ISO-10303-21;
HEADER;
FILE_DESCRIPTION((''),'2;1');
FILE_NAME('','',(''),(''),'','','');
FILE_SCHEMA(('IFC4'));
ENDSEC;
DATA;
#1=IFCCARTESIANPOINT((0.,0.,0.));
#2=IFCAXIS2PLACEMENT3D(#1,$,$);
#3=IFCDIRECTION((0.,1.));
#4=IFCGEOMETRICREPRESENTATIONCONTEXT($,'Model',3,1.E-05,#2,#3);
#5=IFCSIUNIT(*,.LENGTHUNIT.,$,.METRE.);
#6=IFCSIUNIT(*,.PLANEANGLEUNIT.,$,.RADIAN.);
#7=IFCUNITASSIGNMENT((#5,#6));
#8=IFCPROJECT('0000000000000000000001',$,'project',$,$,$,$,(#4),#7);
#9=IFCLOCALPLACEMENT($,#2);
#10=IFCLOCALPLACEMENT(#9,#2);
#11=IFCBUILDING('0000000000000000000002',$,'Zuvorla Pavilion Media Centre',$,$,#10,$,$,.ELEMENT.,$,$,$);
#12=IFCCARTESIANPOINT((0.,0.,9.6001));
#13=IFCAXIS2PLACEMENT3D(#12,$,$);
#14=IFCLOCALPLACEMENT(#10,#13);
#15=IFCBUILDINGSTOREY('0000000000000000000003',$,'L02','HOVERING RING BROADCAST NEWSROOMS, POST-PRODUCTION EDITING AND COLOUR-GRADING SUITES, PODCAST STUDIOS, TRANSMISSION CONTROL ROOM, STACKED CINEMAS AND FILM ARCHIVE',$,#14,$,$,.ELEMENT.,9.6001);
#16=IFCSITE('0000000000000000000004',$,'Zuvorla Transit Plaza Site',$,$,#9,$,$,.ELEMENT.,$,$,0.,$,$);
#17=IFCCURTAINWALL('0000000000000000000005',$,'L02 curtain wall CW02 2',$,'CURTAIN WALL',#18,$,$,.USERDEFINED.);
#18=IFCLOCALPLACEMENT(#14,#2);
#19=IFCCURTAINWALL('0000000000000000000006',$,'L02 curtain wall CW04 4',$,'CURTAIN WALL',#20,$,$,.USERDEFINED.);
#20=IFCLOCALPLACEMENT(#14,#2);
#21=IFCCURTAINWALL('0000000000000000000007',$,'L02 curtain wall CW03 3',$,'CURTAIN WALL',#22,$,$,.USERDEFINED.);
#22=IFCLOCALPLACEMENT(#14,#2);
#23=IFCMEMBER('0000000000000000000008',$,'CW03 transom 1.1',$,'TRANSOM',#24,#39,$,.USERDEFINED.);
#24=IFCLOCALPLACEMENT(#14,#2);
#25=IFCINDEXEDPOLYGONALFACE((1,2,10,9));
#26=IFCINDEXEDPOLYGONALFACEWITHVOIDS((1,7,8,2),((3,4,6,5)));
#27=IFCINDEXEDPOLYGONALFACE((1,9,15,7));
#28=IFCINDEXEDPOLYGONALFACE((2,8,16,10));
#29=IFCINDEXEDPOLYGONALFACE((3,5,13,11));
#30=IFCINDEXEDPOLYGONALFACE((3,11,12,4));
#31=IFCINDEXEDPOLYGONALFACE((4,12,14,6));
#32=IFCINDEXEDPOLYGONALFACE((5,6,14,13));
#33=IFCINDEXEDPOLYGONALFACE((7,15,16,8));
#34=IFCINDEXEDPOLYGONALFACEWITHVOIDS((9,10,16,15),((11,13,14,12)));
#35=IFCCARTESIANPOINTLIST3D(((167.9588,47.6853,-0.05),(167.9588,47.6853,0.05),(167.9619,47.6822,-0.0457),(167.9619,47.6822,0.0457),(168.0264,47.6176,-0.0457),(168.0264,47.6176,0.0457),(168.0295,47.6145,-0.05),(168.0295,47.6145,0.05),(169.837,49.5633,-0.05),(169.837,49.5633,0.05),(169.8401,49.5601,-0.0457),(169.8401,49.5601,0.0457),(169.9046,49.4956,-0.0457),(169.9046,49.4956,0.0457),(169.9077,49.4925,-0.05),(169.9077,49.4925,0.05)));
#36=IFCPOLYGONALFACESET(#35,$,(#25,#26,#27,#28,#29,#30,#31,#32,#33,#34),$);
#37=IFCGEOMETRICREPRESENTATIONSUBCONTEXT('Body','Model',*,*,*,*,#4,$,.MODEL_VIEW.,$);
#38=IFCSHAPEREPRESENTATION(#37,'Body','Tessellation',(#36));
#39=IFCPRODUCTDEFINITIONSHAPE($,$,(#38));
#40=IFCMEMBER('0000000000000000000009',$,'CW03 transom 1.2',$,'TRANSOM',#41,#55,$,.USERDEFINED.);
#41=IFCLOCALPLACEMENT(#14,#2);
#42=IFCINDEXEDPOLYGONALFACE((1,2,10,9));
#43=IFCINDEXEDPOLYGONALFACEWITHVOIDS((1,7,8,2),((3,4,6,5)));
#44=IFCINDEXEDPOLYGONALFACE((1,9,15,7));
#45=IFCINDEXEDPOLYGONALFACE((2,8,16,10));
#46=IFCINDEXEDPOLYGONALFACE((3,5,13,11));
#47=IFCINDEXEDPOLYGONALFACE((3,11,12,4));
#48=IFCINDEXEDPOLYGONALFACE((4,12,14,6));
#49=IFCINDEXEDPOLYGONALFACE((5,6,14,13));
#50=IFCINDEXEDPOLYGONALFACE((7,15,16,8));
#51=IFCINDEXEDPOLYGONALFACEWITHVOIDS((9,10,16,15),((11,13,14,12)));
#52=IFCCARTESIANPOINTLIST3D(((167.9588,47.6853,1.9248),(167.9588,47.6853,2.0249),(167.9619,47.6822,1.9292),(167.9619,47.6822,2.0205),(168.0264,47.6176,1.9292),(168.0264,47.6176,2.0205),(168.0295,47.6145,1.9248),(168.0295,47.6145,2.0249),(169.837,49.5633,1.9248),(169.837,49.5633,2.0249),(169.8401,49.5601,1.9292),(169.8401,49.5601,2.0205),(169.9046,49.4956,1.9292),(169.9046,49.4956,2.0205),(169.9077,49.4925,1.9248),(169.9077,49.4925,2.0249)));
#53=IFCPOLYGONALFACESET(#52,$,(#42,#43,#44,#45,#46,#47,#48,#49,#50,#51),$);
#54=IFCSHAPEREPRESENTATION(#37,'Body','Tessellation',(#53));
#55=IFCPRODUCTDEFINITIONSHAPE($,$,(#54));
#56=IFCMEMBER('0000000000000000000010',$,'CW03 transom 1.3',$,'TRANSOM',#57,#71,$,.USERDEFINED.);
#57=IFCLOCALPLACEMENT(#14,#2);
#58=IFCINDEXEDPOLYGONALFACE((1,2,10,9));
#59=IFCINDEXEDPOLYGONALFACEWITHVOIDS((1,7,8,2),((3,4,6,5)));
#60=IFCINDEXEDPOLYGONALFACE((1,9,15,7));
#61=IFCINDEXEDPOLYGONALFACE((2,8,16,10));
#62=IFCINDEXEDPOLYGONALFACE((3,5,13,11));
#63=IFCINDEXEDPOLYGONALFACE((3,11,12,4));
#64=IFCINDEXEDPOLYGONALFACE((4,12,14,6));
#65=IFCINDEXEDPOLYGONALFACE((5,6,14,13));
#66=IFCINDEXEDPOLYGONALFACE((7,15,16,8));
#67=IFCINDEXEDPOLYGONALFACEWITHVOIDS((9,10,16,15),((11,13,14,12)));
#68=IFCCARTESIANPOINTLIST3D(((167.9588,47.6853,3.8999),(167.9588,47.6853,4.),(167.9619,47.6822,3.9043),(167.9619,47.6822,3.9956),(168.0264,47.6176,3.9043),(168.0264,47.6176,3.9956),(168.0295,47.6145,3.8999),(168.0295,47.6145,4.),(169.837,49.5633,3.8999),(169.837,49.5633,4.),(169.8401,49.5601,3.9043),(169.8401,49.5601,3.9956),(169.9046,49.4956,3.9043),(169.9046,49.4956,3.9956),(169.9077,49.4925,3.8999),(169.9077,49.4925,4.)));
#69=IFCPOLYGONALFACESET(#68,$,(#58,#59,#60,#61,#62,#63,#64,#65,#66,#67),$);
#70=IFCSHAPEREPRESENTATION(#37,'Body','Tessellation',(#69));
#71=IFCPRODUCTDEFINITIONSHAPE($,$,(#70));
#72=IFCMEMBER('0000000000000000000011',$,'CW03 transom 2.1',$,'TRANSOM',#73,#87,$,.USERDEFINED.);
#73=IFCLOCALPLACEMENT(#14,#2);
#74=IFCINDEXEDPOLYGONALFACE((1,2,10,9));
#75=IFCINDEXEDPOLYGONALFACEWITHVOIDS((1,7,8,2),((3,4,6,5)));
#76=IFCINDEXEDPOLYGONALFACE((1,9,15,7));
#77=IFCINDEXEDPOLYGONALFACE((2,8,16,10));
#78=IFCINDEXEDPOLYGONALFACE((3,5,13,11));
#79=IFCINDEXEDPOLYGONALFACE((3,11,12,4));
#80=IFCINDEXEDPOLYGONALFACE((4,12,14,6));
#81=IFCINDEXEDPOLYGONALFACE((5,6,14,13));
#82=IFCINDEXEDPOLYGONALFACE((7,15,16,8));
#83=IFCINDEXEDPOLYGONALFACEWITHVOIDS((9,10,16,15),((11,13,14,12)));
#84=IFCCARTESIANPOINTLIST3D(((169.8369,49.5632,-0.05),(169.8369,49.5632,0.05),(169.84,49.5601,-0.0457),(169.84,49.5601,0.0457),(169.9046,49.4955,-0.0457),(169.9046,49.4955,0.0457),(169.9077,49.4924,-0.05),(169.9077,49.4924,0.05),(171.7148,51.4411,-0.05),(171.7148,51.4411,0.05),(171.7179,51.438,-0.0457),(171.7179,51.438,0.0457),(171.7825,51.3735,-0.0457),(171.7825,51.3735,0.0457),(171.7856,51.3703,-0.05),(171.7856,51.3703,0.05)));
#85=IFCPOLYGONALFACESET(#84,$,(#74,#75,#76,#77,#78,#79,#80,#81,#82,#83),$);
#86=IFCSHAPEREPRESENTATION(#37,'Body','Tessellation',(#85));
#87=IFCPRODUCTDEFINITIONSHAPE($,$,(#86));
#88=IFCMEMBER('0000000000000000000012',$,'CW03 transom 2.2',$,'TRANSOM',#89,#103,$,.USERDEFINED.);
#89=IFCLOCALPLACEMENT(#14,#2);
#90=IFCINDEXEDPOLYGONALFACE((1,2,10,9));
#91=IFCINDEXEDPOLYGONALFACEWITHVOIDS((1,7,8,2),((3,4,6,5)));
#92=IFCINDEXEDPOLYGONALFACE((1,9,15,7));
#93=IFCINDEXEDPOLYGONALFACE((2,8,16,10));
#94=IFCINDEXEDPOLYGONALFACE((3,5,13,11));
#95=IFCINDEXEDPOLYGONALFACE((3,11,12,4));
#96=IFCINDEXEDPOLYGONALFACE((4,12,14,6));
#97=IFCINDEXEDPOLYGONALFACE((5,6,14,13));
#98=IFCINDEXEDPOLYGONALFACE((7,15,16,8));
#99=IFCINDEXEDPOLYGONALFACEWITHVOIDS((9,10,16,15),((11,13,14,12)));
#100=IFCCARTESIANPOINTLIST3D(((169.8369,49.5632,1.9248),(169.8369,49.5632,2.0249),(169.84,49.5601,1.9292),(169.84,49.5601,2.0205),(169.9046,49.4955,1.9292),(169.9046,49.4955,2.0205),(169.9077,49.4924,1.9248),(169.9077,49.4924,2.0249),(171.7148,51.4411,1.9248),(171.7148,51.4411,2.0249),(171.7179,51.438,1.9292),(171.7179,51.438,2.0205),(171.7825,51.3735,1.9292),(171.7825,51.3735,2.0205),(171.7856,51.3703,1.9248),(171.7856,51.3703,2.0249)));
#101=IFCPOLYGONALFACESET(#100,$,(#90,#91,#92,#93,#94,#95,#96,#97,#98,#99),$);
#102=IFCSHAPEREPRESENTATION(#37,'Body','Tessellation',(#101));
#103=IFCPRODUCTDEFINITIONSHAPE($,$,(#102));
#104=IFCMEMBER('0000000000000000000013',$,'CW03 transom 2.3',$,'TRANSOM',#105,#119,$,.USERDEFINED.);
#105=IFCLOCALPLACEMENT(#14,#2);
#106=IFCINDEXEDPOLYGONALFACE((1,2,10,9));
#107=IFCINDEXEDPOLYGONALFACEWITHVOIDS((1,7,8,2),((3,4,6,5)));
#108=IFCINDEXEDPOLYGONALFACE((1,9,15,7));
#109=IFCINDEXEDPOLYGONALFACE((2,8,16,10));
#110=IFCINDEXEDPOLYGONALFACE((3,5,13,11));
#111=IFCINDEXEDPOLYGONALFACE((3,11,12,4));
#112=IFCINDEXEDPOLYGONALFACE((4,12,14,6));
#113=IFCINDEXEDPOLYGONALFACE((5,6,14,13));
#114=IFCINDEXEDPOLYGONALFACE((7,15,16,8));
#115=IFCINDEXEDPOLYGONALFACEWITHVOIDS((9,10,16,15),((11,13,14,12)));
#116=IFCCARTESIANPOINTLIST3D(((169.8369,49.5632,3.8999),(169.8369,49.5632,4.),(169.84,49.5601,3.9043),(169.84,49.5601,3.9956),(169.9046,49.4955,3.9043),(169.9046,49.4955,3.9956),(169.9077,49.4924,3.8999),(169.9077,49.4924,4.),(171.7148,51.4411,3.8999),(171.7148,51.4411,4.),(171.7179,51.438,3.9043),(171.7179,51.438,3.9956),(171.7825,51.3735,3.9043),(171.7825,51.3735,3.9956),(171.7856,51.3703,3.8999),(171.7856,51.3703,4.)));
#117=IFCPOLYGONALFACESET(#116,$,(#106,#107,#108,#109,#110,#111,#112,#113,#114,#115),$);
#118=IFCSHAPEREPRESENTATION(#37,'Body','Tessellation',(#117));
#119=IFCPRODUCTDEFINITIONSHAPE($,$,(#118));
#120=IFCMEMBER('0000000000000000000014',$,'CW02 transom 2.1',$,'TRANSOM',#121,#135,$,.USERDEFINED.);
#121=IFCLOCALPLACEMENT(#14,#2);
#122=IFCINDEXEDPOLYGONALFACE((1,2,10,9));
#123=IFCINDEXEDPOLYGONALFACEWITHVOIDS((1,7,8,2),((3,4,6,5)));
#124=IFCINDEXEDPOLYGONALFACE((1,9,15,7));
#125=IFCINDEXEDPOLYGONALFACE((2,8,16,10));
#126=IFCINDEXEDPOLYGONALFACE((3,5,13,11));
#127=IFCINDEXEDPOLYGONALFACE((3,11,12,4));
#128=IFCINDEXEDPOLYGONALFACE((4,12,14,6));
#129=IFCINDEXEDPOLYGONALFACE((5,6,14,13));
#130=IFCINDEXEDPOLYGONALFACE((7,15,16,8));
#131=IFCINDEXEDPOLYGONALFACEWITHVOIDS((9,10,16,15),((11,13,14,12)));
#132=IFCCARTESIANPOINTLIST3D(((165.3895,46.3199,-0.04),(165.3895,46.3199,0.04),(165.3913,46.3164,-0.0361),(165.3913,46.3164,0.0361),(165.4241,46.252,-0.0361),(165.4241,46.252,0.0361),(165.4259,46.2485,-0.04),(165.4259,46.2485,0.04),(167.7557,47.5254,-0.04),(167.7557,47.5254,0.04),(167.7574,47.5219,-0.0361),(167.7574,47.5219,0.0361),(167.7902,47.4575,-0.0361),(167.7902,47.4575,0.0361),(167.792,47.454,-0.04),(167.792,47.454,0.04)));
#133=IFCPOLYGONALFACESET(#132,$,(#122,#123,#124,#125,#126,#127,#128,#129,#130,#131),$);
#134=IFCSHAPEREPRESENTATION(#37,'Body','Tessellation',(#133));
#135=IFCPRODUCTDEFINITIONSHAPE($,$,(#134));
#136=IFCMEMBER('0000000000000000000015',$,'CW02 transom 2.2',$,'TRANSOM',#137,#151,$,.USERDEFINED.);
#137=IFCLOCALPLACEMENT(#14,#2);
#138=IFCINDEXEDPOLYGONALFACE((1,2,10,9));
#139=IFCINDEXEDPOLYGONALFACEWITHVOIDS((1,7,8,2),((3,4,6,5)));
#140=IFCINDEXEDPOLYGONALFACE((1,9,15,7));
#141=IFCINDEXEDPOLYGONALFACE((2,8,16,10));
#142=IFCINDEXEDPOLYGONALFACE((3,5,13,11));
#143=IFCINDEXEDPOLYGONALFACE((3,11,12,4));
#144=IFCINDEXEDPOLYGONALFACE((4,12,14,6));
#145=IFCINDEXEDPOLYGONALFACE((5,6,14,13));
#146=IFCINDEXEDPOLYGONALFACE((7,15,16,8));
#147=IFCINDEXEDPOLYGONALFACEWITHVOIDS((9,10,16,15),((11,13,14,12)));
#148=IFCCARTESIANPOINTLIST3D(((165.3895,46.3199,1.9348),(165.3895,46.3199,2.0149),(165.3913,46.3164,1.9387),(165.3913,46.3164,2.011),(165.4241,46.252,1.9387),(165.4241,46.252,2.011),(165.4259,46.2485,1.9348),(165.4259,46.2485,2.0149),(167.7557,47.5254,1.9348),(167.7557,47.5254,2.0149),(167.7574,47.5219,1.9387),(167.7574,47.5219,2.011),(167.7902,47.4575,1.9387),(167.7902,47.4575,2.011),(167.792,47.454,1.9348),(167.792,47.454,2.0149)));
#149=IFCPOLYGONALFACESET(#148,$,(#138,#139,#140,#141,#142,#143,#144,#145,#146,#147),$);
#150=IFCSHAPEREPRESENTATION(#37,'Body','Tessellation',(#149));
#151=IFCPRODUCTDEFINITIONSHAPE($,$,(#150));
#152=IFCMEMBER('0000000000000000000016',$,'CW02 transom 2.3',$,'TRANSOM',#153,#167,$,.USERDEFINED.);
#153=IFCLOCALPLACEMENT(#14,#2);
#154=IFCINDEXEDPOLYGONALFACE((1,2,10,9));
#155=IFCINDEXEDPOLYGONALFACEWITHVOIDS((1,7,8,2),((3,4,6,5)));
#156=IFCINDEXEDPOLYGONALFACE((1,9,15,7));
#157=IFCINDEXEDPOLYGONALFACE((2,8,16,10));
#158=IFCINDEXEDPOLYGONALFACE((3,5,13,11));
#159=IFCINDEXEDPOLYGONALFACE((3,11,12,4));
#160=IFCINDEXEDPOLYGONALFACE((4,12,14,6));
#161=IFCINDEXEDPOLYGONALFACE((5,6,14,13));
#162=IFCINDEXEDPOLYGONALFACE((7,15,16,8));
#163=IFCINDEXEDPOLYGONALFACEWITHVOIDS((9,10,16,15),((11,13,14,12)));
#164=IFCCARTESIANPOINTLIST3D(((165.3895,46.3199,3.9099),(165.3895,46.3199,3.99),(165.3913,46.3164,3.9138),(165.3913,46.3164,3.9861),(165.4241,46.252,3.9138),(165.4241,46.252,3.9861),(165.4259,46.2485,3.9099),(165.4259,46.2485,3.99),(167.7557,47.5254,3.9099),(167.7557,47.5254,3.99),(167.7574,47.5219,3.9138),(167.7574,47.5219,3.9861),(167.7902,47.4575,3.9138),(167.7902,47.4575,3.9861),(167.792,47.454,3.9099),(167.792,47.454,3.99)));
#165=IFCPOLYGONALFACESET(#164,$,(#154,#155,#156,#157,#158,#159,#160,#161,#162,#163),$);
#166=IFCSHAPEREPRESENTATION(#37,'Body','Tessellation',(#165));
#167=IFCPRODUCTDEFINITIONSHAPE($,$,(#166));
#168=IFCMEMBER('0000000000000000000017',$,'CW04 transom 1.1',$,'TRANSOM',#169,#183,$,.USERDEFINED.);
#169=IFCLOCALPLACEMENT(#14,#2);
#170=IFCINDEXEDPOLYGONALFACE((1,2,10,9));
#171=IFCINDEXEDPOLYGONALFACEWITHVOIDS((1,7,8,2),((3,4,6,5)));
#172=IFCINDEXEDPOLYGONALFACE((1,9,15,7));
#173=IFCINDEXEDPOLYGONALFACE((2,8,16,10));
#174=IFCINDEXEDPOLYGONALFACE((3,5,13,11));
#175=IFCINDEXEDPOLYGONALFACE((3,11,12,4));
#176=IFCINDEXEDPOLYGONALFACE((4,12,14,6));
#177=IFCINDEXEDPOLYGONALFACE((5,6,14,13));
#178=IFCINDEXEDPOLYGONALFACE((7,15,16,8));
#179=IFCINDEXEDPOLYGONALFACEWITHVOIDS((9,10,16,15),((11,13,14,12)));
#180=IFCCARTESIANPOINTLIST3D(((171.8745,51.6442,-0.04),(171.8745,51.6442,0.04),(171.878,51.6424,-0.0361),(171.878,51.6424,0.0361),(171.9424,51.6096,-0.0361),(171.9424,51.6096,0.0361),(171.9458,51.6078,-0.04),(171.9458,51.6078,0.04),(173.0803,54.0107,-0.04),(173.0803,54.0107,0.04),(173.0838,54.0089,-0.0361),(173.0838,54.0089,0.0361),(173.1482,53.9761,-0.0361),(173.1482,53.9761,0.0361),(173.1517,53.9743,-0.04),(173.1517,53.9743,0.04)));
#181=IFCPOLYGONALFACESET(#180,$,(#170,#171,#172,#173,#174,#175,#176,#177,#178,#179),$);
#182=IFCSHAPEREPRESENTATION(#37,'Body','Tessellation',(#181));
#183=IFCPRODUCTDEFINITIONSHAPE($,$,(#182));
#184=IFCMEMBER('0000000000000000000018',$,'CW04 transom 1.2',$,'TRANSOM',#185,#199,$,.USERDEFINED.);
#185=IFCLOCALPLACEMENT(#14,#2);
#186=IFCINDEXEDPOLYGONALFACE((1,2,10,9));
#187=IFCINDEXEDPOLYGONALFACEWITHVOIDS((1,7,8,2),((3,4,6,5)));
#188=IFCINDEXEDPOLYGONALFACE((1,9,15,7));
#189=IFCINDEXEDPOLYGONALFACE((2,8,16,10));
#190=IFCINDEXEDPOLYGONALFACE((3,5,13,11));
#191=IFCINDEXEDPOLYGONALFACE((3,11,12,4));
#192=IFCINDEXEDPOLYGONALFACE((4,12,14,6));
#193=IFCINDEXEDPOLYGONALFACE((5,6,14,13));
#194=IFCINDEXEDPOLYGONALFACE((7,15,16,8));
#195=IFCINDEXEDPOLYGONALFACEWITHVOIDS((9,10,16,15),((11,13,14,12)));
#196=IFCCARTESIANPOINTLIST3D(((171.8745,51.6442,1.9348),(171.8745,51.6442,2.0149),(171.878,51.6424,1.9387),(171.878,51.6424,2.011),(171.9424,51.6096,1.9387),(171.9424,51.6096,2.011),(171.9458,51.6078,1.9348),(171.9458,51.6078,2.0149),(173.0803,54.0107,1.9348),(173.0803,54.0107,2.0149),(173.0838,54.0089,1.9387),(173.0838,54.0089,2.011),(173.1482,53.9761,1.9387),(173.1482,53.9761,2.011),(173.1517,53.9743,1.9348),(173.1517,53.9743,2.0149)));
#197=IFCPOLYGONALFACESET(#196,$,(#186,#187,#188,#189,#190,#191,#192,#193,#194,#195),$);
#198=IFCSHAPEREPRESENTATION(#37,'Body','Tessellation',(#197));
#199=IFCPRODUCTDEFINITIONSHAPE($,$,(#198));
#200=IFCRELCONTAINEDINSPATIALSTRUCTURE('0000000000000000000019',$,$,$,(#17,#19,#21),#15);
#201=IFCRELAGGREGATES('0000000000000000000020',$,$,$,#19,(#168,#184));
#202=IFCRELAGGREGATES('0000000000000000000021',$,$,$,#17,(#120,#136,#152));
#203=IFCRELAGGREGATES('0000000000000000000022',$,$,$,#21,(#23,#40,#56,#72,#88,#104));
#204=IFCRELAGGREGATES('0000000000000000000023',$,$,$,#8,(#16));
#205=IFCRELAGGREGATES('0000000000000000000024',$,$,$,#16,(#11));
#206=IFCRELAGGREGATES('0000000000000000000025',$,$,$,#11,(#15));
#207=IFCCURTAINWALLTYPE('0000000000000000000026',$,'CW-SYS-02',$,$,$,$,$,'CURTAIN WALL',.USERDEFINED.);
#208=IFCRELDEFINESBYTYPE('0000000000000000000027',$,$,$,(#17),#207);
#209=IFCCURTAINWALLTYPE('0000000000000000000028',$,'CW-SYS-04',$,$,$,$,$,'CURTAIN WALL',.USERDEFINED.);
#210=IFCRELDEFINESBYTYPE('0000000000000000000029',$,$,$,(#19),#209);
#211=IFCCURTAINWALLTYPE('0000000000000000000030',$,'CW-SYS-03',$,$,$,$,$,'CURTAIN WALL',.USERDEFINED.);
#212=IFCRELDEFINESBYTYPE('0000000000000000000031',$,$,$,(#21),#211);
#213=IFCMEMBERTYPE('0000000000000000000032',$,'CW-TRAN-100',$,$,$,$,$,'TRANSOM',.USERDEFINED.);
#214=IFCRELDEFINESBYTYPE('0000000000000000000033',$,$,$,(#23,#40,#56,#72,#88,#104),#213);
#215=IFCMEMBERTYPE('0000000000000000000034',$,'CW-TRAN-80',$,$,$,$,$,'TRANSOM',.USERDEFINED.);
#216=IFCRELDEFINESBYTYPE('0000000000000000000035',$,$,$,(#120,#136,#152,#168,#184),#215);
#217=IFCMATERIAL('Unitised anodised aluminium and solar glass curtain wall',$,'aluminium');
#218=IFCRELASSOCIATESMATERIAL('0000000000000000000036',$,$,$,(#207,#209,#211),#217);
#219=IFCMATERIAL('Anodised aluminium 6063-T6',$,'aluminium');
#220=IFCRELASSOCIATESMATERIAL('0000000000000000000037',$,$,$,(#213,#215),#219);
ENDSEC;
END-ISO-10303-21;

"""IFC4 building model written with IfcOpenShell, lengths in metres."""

from ifc_helpers import new_model, si_unit, direction, frame, origin, origin_2d, place, context, subcontext, project, spatial, hollow_rectangle, extrude, material, material_profile, profile_set, type_object, element, aggregate, save


model = new_model("IFC4")

# Units and contexts
model_context = context("Model", 3, precision=1e-05, world=origin(), true_north=direction((0.0, 1.0)))
body_context = subcontext(model_context, "Body", "Model", "MODEL_VIEW")
ifc_project = project(units=[si_unit("LENGTHUNIT", "METRE"), si_unit("PLANEANGLEUNIT", "RADIAN")], contexts=[model_context])

# Site, building, storey
site_placement = place(None, origin())
site = spatial("IfcSite", under=ifc_project, at=site_placement, Name="Zuvorla Transit Plaza Site", CompositionType="ELEMENT", RefElevation=0.0)
building_placement = place(site_placement, origin())
building = spatial("IfcBuilding", under=site, at=building_placement, Name="Zuvorla Pavilion Media Centre", CompositionType="ELEMENT")
storey_placement = place(building_placement, frame((0.0, 0.0, 9.6001)))
storey = spatial("IfcBuildingStorey", under=building, at=storey_placement, Name="L02", Description="HOVERING RING BROADCAST NEWSROOMS, POST-PRODUCTION EDITING AND COLOUR-GRADING SUITES, PODCAST STUDIOS, TRANSMISSION CONTROL ROOM, STACKED CINEMAS AND FILM ARCHIVE", CompositionType="ELEMENT", Elevation=9.6001)

# Curtain walls
ifc_material_1 = material(Name="Unitised anodised aluminium and solar glass curtain wall", Category="aluminium")
curtain_wall_type_1 = type_object("IfcCurtainWallType", Name="CW-SYS-02", ElementType="CURTAIN WALL", PredefinedType="USERDEFINED", material=ifc_material_1)
curtain_wall_1_placement = place(storey_placement, origin())
curtain_wall_1 = element("IfcCurtainWall", 1, at=curtain_wall_1_placement, inside=storey, type_object=curtain_wall_type_1, Name="L02 curtain wall CW02 2", ObjectType="CURTAIN WALL", PredefinedType="USERDEFINED")
ifc_material_2 = material(Name="Anodised aluminium 6063-T6", Category="aluminium")
curtain_wall_type_2 = type_object("IfcCurtainWallType", Name="CW-SYS-04", ElementType="CURTAIN WALL", PredefinedType="USERDEFINED", material=ifc_material_1)
curtain_wall_2_placement = place(storey_placement, origin())
curtain_wall_2 = element("IfcCurtainWall", 2, at=curtain_wall_2_placement, inside=storey, type_object=curtain_wall_type_2, Name="L02 curtain wall CW04 4", ObjectType="CURTAIN WALL", PredefinedType="USERDEFINED")

# Curtain wall, members
curtain_wall_type_3 = type_object("IfcCurtainWallType", Name="CW-SYS-03", ElementType="CURTAIN WALL", PredefinedType="USERDEFINED", material=ifc_material_1)
curtain_wall_3_placement = place(storey_placement, origin())
curtain_wall_3 = element("IfcCurtainWall", 3, at=curtain_wall_3_placement, inside=storey, type_object=curtain_wall_type_3, Name="L02 curtain wall CW03 3", ObjectType="CURTAIN WALL", PredefinedType="USERDEFINED")
ifc_material_profile_1 = material_profile(ifc_material_2, hollow_rectangle(XDim=0.1001, YDim=0.1001, WallThickness=0.0044, at=origin_2d()), Name="ALU TRAN 100x100")
ifc_profile_set_1 = profile_set([ifc_material_profile_1], Name="Anodised aluminium 6063-T6")
member_type_1 = type_object("IfcMemberType", Name="CW-TRAN-100", ElementType="TRANSOM", PredefinedType="USERDEFINED", material=ifc_profile_set_1)
member_1_placement = place(storey_placement, frame((167.9941, 47.6499, 0.0), z_axis=(0.707153, 0.707061, 0.0), x_axis=(-0.707061, 0.707153, 0.0)))
member_1 = element("IfcMember", 4, at=member_1_placement, type_object=member_type_1, Name="CW03 transom 1.1", ObjectType="TRANSOM", PredefinedType="USERDEFINED", context=body_context, shape_type="SweptSolid", body=[
    extrude(hollow_rectangle(XDim=0.1001, YDim=0.1001, WallThickness=0.0044, at=origin_2d()), origin(), (0.0, 0.0, 1.0), 2.656),
])
member_2_placement = place(storey_placement, frame((167.9941, 47.6499, 1.9749), z_axis=(0.707153, 0.707061, 0.0), x_axis=(-0.707061, 0.707153, 0.0)))
member_2 = element("IfcMember", 5, at=member_2_placement, type_object=member_type_1, Name="CW03 transom 1.2", ObjectType="TRANSOM", PredefinedType="USERDEFINED", context=body_context, shape_type="SweptSolid", body=[
    extrude(hollow_rectangle(XDim=0.1001, YDim=0.1001, WallThickness=0.0044, at=origin_2d()), origin(), (0.0, 0.0, 1.0), 2.656),
])
member_3_placement = place(storey_placement, frame((167.9941, 47.6499, 3.95), z_axis=(0.707153, 0.707061, 0.0), x_axis=(-0.707061, 0.707153, 0.0)))
member_3 = element("IfcMember", 6, at=member_3_placement, type_object=member_type_1, Name="CW03 transom 1.3", ObjectType="TRANSOM", PredefinedType="USERDEFINED", context=body_context, shape_type="SweptSolid", body=[
    extrude(hollow_rectangle(XDim=0.1001, YDim=0.1001, WallThickness=0.0044, at=origin_2d()), origin(), (0.0, 0.0, 1.0), 2.656),
])
member_4_placement = place(storey_placement, frame((169.8723, 49.5278, 0.0), z_axis=(0.707107, 0.707107, 0.0), x_axis=(-0.707107, 0.707107, 0.0)))
member_4 = element("IfcMember", 7, at=member_4_placement, type_object=member_type_1, Name="CW03 transom 2.1", ObjectType="TRANSOM", PredefinedType="USERDEFINED", context=body_context, shape_type="SweptSolid", body=[
    extrude(hollow_rectangle(XDim=0.1001, YDim=0.1001, WallThickness=0.0044, at=origin_2d()), origin(), (0.0, 0.0, 1.0), 2.6558),
])
member_5_placement = place(storey_placement, frame((169.8723, 49.5278, 1.9749), z_axis=(0.707107, 0.707107, 0.0), x_axis=(-0.707107, 0.707107, 0.0)))
member_5 = element("IfcMember", 8, at=member_5_placement, type_object=member_type_1, Name="CW03 transom 2.2", ObjectType="TRANSOM", PredefinedType="USERDEFINED", context=body_context, shape_type="SweptSolid", body=[
    extrude(hollow_rectangle(XDim=0.1001, YDim=0.1001, WallThickness=0.0044, at=origin_2d()), origin(), (0.0, 0.0, 1.0), 2.6558),
])
member_6_placement = place(storey_placement, frame((169.8723, 49.5278, 3.95), z_axis=(0.707107, 0.707107, 0.0), x_axis=(-0.707107, 0.707107, 0.0)))
member_6 = element("IfcMember", 9, at=member_6_placement, type_object=member_type_1, Name="CW03 transom 2.3", ObjectType="TRANSOM", PredefinedType="USERDEFINED", context=body_context, shape_type="SweptSolid", body=[
    extrude(hollow_rectangle(XDim=0.1001, YDim=0.1001, WallThickness=0.0044, at=origin_2d()), origin(), (0.0, 0.0, 1.0), 2.6558),
])

# Members
ifc_material_profile_2 = material_profile(ifc_material_2, hollow_rectangle(XDim=0.0801, YDim=0.0801, WallThickness=0.0039, at=origin_2d()), Name="ALU TRAN 80x80")
ifc_profile_set_2 = profile_set([ifc_material_profile_2], Name="Anodised aluminium 6063-T6")
member_type_2 = type_object("IfcMemberType", Name="CW-TRAN-80", ElementType="TRANSOM", PredefinedType="USERDEFINED", material=ifc_profile_set_2)
member_7_placement = place(storey_placement, frame((165.4077, 46.2842, 0.0), z_axis=(0.891018, 0.453967, 0.0), x_axis=(-0.453967, 0.891018, 0.0)))
member_7 = element("IfcMember", 10, at=member_7_placement, type_object=member_type_2, Name="CW02 transom 2.1", ObjectType="TRANSOM", PredefinedType="USERDEFINED", context=body_context, shape_type="SweptSolid", body=[
    extrude(hollow_rectangle(XDim=0.0801, YDim=0.0801, WallThickness=0.0039, at=origin_2d()), origin(), (0.0, 0.0, 1.0), 2.6555),
])
member_8_placement = place(storey_placement, frame((165.4077, 46.2842, 1.9749), z_axis=(0.891018, 0.453967, 0.0), x_axis=(-0.453967, 0.891018, 0.0)))
member_8 = element("IfcMember", 11, at=member_8_placement, type_object=member_type_2, Name="CW02 transom 2.2", ObjectType="TRANSOM", PredefinedType="USERDEFINED", context=body_context, shape_type="SweptSolid", body=[
    extrude(hollow_rectangle(XDim=0.0801, YDim=0.0801, WallThickness=0.0039, at=origin_2d()), origin(), (0.0, 0.0, 1.0), 2.6555),
])
member_9_placement = place(storey_placement, frame((165.4077, 46.2842, 3.95), z_axis=(0.891018, 0.453967, 0.0), x_axis=(-0.453967, 0.891018, 0.0)))
member_9 = element("IfcMember", 12, at=member_9_placement, type_object=member_type_2, Name="CW02 transom 2.3", ObjectType="TRANSOM", PredefinedType="USERDEFINED", context=body_context, shape_type="SweptSolid", body=[
    extrude(hollow_rectangle(XDim=0.0801, YDim=0.0801, WallThickness=0.0039, at=origin_2d()), origin(), (0.0, 0.0, 1.0), 2.6555),
])
member_10_placement = place(storey_placement, frame((171.9102, 51.626, 0.0), z_axis=(0.454003, 0.891, 0.0), x_axis=(-0.891, 0.454003, 0.0)))
member_10 = element("IfcMember", 13, at=member_10_placement, type_object=member_type_2, Name="CW04 transom 1.1", ObjectType="TRANSOM", PredefinedType="USERDEFINED", context=body_context, shape_type="SweptSolid", body=[
    extrude(hollow_rectangle(XDim=0.0801, YDim=0.0801, WallThickness=0.0039, at=origin_2d()), origin(), (0.0, 0.0, 1.0), 2.656),
])
member_11_placement = place(storey_placement, frame((171.9102, 51.626, 1.9749), z_axis=(0.454003, 0.891, 0.0), x_axis=(-0.891, 0.454003, 0.0)))
member_11 = element("IfcMember", 14, at=member_11_placement, type_object=member_type_2, Name="CW04 transom 1.2", ObjectType="TRANSOM", PredefinedType="USERDEFINED", context=body_context, shape_type="SweptSolid", body=[
    extrude(hollow_rectangle(XDim=0.0801, YDim=0.0801, WallThickness=0.0039, at=origin_2d()), origin(), (0.0, 0.0, 1.0), 2.656),
])
aggregate(curtain_wall_2, [member_10, member_11])

aggregate(curtain_wall_1, [member_7, member_8, member_9])
aggregate(curtain_wall_3, [member_1, member_2, member_3, member_4, member_5, member_6])

save(model, "model.ifc")
